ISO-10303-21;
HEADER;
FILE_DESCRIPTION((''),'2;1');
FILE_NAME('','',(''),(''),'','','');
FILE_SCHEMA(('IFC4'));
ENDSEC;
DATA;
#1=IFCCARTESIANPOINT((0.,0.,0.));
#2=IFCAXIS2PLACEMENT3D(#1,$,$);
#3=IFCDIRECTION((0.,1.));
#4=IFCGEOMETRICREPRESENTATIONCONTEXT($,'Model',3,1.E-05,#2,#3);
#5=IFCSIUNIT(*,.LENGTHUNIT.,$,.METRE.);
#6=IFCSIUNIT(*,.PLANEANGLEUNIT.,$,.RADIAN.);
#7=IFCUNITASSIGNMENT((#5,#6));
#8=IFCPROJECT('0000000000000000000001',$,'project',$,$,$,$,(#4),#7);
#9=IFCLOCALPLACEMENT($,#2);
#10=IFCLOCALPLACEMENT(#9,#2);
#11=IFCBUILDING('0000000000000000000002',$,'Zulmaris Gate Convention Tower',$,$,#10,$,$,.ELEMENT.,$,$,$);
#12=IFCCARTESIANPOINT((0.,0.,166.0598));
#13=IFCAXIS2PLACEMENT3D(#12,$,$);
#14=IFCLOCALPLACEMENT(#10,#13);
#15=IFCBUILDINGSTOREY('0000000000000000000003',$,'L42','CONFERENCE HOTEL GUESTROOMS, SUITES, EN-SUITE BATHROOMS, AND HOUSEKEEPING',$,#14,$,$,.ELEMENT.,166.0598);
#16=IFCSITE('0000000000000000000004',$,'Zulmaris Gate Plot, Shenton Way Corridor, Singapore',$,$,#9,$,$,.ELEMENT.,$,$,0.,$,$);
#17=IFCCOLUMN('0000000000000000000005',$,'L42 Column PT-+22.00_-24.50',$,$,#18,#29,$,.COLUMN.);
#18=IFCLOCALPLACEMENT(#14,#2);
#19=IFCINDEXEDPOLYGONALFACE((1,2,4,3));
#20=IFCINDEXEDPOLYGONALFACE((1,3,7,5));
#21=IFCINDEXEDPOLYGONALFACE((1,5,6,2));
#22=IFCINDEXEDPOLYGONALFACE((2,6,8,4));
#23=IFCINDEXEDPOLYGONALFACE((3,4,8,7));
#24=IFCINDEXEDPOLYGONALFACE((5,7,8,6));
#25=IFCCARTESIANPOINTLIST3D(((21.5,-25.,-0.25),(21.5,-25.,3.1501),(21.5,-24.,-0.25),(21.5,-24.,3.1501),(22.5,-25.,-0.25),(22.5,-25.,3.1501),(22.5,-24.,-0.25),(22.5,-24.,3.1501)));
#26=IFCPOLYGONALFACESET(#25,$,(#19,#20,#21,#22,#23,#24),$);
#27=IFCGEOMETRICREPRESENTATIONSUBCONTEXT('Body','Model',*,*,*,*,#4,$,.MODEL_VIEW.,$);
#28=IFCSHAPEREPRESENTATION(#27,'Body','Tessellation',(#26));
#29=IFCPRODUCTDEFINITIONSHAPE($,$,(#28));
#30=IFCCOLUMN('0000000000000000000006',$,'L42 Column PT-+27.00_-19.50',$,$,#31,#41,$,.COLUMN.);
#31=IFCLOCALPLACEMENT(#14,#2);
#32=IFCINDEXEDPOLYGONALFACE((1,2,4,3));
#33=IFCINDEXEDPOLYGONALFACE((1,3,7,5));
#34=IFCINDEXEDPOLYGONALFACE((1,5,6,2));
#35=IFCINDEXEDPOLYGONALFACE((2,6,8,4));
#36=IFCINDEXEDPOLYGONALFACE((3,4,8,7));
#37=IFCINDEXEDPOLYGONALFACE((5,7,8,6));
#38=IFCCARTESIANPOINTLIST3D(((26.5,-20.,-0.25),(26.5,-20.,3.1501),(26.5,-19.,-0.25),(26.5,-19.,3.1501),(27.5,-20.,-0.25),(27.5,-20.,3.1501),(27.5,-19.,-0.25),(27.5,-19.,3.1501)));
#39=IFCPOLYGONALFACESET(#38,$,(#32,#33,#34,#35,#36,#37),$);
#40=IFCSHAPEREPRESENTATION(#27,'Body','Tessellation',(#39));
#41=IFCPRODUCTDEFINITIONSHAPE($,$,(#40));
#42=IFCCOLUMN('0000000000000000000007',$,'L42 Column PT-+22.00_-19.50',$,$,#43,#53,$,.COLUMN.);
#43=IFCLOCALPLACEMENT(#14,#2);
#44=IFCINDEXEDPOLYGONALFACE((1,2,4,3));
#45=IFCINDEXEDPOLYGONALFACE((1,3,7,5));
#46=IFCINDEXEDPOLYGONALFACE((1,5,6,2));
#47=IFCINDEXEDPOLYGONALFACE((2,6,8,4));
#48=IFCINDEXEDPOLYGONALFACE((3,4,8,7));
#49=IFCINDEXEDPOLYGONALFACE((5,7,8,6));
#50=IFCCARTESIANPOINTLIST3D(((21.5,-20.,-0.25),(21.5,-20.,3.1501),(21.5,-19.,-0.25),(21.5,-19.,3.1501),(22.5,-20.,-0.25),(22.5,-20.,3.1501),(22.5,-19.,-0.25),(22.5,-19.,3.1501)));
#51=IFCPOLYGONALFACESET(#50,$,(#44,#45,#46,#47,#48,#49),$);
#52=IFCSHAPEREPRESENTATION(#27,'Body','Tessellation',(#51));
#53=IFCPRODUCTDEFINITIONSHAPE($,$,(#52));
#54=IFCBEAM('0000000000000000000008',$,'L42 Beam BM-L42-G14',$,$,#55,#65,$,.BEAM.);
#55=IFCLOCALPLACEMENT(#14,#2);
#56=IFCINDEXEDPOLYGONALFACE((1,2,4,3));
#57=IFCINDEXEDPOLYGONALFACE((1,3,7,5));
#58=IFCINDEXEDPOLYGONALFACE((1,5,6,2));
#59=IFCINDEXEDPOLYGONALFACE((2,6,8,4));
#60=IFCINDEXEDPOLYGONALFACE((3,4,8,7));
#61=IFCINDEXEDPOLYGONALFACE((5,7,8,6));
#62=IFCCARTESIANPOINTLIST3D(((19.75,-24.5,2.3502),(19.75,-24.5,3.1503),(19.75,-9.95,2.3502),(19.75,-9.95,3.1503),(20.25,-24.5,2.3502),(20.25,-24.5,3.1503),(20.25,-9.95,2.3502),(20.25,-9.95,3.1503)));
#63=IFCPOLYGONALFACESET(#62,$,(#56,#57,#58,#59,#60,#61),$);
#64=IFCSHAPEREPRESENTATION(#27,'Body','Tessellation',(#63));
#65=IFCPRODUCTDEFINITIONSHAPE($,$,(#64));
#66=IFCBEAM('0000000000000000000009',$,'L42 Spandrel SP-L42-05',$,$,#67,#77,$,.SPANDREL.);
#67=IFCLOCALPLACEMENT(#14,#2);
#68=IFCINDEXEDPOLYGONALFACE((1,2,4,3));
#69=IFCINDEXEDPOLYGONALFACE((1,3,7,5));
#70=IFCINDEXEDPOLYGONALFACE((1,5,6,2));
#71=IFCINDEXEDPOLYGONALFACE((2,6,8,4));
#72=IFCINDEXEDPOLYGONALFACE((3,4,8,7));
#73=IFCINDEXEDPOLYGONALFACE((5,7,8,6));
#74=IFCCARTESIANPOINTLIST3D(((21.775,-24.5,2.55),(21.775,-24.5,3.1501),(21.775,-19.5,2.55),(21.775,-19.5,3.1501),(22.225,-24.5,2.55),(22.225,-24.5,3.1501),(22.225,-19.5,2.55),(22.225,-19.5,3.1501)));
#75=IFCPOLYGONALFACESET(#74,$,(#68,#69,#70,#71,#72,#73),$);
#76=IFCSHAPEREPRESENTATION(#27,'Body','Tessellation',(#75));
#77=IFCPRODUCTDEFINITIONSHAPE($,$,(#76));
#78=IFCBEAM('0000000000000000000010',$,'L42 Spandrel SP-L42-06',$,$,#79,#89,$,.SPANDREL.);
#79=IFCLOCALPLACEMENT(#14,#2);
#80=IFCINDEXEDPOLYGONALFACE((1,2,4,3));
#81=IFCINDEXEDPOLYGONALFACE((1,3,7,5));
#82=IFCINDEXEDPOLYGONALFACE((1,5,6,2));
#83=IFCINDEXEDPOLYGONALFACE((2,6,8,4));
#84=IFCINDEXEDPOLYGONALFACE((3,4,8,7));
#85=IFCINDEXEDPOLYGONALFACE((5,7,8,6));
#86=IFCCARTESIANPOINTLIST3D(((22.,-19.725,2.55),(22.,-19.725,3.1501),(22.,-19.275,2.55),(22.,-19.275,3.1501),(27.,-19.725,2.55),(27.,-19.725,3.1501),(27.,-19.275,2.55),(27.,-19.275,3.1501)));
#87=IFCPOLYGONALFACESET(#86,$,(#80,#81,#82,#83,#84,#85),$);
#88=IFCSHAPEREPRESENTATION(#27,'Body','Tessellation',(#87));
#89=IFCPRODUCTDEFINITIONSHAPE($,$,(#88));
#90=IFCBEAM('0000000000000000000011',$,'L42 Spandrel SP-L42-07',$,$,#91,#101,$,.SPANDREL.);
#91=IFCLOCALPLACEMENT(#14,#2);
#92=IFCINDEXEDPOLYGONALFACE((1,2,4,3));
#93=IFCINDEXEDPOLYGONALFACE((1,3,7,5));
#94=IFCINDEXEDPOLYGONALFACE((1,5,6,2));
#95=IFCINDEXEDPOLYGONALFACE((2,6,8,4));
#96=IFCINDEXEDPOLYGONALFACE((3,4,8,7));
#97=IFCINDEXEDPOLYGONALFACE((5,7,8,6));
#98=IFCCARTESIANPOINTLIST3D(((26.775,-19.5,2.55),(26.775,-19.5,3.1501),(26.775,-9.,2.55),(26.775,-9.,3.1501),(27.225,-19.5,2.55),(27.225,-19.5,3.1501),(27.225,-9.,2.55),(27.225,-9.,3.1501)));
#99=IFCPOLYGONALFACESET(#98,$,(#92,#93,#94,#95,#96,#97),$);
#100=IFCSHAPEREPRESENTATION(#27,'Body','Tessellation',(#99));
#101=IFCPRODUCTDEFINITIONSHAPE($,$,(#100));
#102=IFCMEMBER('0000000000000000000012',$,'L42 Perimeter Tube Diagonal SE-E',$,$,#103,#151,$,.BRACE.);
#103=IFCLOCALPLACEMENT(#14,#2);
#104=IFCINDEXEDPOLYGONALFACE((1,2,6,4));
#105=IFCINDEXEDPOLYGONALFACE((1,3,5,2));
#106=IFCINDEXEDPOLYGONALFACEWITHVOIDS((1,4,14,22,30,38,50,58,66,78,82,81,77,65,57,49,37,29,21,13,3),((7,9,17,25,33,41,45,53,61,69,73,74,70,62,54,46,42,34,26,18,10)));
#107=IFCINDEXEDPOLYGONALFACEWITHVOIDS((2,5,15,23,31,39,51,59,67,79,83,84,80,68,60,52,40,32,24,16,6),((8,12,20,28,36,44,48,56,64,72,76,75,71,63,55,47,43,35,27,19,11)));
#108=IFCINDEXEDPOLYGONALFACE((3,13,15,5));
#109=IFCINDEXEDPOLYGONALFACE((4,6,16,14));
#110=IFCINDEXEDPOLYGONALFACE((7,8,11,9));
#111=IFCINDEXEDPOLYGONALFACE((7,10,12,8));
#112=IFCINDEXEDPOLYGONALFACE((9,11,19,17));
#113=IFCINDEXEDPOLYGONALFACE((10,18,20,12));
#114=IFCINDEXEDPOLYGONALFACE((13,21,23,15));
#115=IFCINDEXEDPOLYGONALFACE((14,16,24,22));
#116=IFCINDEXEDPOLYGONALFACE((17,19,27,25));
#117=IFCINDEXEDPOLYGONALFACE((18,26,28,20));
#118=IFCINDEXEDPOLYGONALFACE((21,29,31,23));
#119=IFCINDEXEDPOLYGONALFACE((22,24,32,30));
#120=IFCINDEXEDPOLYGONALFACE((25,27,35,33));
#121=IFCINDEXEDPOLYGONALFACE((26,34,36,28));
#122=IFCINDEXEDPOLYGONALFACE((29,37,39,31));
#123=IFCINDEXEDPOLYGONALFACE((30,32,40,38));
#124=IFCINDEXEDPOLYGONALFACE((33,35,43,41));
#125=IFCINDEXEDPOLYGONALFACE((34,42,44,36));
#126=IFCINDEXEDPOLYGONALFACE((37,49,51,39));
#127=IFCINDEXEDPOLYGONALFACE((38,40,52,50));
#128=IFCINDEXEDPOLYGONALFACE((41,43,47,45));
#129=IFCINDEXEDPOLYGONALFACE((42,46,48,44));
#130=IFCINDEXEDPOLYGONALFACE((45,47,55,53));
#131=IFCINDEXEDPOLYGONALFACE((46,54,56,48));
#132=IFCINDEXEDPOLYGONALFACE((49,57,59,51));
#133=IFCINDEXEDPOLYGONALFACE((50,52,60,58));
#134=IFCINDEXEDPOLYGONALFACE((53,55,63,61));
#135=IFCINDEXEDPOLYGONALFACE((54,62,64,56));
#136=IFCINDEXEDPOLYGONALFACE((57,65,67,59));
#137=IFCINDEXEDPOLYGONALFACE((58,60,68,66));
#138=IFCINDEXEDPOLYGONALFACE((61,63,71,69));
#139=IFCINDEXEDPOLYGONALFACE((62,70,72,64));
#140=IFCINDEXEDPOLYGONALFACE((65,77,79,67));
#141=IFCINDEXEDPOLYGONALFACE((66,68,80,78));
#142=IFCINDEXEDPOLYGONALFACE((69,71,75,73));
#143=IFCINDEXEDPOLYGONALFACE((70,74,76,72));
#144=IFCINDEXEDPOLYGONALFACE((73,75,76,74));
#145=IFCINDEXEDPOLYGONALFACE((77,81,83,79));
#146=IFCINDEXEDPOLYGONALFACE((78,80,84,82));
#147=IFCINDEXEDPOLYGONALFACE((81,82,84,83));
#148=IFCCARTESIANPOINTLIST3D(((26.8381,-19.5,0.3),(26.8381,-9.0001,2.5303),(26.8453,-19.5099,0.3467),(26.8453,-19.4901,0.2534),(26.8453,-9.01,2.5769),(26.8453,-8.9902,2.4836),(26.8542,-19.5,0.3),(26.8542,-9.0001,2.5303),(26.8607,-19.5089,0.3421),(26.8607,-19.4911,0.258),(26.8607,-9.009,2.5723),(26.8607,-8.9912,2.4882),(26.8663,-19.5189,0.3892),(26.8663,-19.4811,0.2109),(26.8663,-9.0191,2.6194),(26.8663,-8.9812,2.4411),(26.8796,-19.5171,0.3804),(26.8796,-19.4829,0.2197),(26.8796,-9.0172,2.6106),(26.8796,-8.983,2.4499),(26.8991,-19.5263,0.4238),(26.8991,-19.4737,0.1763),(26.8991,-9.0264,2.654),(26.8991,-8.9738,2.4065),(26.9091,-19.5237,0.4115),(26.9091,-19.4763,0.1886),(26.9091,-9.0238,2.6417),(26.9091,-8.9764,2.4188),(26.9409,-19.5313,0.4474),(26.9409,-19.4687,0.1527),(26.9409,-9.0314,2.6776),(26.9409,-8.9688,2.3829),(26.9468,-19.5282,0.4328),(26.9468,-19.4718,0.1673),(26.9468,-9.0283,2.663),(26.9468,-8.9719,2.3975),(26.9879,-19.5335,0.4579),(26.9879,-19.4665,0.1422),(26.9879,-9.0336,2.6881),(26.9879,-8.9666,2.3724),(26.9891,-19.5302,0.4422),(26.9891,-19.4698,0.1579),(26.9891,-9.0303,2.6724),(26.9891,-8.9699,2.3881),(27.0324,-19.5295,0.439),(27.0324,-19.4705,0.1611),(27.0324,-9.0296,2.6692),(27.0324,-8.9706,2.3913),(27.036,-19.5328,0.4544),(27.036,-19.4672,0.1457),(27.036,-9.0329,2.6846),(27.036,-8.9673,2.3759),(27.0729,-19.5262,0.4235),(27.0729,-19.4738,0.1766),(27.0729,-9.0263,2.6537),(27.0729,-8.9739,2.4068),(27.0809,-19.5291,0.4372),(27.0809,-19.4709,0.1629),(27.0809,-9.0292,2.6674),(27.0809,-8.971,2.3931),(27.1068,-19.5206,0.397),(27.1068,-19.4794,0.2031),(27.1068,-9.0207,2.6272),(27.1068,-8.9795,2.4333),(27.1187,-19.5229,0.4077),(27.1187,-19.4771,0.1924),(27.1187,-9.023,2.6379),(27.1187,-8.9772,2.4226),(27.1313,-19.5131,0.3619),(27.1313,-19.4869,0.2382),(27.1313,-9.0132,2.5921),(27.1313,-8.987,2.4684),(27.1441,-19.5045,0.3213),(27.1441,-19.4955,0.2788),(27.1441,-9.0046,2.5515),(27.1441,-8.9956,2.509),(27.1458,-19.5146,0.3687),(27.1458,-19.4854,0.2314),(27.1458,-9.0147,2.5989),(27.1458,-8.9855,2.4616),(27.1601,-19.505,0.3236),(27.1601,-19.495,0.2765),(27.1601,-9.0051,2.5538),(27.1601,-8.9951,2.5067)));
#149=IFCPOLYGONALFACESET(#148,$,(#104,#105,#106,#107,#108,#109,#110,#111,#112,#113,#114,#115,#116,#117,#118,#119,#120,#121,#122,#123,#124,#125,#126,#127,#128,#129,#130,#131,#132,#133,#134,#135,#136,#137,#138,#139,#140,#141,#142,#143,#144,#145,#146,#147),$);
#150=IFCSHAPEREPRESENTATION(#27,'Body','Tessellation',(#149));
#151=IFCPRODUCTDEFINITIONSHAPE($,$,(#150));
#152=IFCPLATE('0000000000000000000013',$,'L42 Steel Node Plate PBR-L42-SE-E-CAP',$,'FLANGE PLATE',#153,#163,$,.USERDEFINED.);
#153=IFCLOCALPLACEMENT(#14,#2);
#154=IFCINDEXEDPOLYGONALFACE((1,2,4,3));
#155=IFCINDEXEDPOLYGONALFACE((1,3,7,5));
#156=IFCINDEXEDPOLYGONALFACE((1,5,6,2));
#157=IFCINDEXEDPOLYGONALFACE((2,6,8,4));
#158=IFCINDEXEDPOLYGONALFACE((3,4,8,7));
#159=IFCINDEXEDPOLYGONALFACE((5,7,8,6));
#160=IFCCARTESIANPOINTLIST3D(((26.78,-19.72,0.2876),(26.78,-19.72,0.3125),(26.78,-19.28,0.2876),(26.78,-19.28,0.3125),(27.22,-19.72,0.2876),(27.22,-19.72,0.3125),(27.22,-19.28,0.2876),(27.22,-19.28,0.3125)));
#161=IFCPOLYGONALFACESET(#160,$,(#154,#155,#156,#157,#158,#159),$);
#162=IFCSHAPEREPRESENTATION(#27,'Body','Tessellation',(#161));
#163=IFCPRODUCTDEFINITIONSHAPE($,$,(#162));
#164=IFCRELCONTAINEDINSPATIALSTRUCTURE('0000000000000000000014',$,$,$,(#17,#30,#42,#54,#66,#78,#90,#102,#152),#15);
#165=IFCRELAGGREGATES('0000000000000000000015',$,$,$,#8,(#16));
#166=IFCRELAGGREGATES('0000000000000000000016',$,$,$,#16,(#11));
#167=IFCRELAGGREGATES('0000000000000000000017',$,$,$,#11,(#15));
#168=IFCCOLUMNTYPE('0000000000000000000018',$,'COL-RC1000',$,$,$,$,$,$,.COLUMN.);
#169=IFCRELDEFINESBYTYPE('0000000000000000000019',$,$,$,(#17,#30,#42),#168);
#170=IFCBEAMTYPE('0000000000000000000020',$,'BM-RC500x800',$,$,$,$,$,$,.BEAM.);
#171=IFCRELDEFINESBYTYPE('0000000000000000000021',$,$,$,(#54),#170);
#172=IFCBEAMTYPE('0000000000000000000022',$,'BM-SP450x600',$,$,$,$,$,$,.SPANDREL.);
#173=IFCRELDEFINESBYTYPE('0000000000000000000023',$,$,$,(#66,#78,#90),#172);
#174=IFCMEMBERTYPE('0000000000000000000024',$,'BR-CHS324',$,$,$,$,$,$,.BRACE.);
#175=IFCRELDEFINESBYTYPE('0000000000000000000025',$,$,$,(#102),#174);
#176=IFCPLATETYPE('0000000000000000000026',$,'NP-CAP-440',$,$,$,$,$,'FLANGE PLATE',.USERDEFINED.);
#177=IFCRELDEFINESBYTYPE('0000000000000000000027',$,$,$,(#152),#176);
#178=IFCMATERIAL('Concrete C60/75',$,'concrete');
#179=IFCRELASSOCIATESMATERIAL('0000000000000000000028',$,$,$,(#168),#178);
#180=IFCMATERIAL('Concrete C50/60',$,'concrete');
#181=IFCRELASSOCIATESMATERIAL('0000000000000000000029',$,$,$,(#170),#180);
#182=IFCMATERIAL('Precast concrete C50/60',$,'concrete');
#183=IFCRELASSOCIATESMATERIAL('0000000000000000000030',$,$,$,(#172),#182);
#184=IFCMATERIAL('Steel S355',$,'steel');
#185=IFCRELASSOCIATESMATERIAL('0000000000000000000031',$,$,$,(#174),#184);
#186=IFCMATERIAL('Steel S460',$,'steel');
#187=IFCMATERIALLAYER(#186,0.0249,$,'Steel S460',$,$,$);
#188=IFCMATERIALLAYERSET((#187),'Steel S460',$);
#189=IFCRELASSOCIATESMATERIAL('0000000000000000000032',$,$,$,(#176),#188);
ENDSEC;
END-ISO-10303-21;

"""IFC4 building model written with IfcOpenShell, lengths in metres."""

from ifc_helpers import new_model, si_unit, direction, frame, origin, origin_2d, place, context, subcontext, project, spatial, rectangle, hollow_circle, extrude, material, layer, layer_set, material_profile, profile_set, type_object, element, save


model = new_model("IFC4")

# Units and contexts
model_context = context("Model", 3, precision=1e-05, world=origin(), true_north=direction((0.0, 1.0)))
body_context = subcontext(model_context, "Body", "Model", "MODEL_VIEW")
ifc_project = project(units=[si_unit("LENGTHUNIT", "METRE"), si_unit("PLANEANGLEUNIT", "RADIAN")], contexts=[model_context])

# Site, building, storey
site_placement = place(None, origin())
site = spatial("IfcSite", under=ifc_project, at=site_placement, Name="Zulmaris Gate Plot, Shenton Way Corridor, Singapore", CompositionType="ELEMENT", RefElevation=0.0)
building_placement = place(site_placement, origin())
building = spatial("IfcBuilding", under=site, at=building_placement, Name="Zulmaris Gate Convention Tower", CompositionType="ELEMENT")
storey_placement = place(building_placement, frame((0.0, 0.0, 166.0598)))
storey = spatial("IfcBuildingStorey", under=building, at=storey_placement, Name="L42", Description="CONFERENCE HOTEL GUESTROOMS, SUITES, EN-SUITE BATHROOMS, AND HOUSEKEEPING", CompositionType="ELEMENT", Elevation=166.0598)

# Columns
ifc_material_1 = material(Name="Concrete C60/75", Category="concrete")
ifc_material_profile_1 = material_profile(ifc_material_1, rectangle(XDim=1.0, YDim=1.0, at=origin_2d()), Name="RC COL 1000x1000")
ifc_profile_set_1 = profile_set([ifc_material_profile_1], Name="Concrete C60/75")
column_type = type_object("IfcColumnType", Name="COL-RC1000", PredefinedType="COLUMN", material=ifc_profile_set_1)
for number, where, z_axis, x_axis, name in (
    (1, (22.0, -24.5, -0.25), (0.0, 0.0, 1.0), (1.0, 0.0, 0.0), "L42 Column PT-+22.00_-24.50"),
    (2, (27.0, -19.5, -0.25), (0.0, 0.0, 1.0), (1.0, 0.0, 0.0), "L42 Column PT-+27.00_-19.50"),
    (3, (22.0, -19.5, -0.25), (0.0, 0.0, 1.0), (1.0, 0.0, 0.0), "L42 Column PT-+22.00_-19.50"),
):
    element("IfcColumn", number, at=place(storey_placement, frame(where, z_axis=z_axis, x_axis=x_axis)), inside=storey, type_object=column_type, Name=name, PredefinedType="COLUMN", context=body_context, shape_type="SweptSolid", body=[
        extrude(rectangle(XDim=1.0, YDim=1.0, at=origin_2d()), origin(), (0.0, 0.0, 1.0), 3.4001),
    ])

# Beams
ifc_material_2 = material(Name="Concrete C50/60", Category="concrete")
ifc_material_profile_2 = material_profile(ifc_material_2, rectangle(XDim=0.5, YDim=0.8, at=origin_2d()), Name="RC BEAM 500x800")
ifc_profile_set_2 = profile_set([ifc_material_profile_2], Name="Concrete C50/60")
beam_type_1 = type_object("IfcBeamType", Name="BM-RC500x800", PredefinedType="BEAM", material=ifc_profile_set_2)
beam_1_placement = place(storey_placement, frame((20.0, -24.5, 2.7502), z_axis=(0.0, 1.0, 0.0), x_axis=(-1.0, 0.0, 0.0)))
element("IfcBeam", 4, at=beam_1_placement, inside=storey, type_object=beam_type_1, Name="L42 Beam BM-L42-G14", PredefinedType="BEAM", context=body_context, shape_type="SweptSolid", body=[
    extrude(rectangle(XDim=0.5, YDim=0.8, at=origin_2d()), origin(), (0.0, 0.0, 1.0), 14.55),
])
ifc_material_3 = material(Name="Precast concrete C50/60", Category="concrete")
ifc_material_profile_3 = material_profile(ifc_material_3, rectangle(XDim=0.45, YDim=0.6001, at=origin_2d()), Name="RC SPANDREL 450x600")
ifc_profile_set_3 = profile_set([ifc_material_profile_3], Name="Precast concrete C50/60")
beam_type_2 = type_object("IfcBeamType", Name="BM-SP450x600", PredefinedType="SPANDREL", material=ifc_profile_set_3)
for number, where, z_axis, x_axis, name in (
    (5, (22.0, -24.5, 2.8501), (0.0, 1.0, 0.0), (-1.0, 0.0, 0.0), "L42 Spandrel SP-L42-05"),
    (6, (22.0, -19.5, 2.8501), (1.0, 0.0, 0.0), (0.0, 1.0, 0.0), "L42 Spandrel SP-L42-06"),
):
    element("IfcBeam", number, at=place(storey_placement, frame(where, z_axis=z_axis, x_axis=x_axis)), inside=storey, type_object=beam_type_2, Name=name, PredefinedType="SPANDREL", context=body_context, shape_type="SweptSolid", body=[
        extrude(rectangle(XDim=0.45, YDim=0.6001, at=origin_2d()), origin(), (0.0, 0.0, 1.0), 5.0),
    ])
beam_2_placement = place(storey_placement, frame((27.0, -19.5, 2.8501), z_axis=(0.0, 1.0, 0.0), x_axis=(-1.0, 0.0, 0.0)))
element("IfcBeam", 7, at=beam_2_placement, inside=storey, type_object=beam_type_2, Name="L42 Spandrel SP-L42-07", PredefinedType="SPANDREL", context=body_context, shape_type="SweptSolid", body=[
    extrude(rectangle(XDim=0.45, YDim=0.6001, at=origin_2d()), origin(), (0.0, 0.0, 1.0), 10.5),
])

# Member
ifc_material_4 = material(Name="Steel S355", Category="steel")
ifc_material_profile_4 = material_profile(ifc_material_4, hollow_circle(Radius=0.1619, WallThickness=0.0161, at=origin_2d()), Name="CHS 323.9x16")
ifc_profile_set_4 = profile_set([ifc_material_profile_4], Name="Steel S355")
member_type = type_object("IfcMemberType", Name="BR-CHS324", PredefinedType="BRACE", material=ifc_profile_set_4)
member_placement = place(storey_placement, frame((27.0, -19.5, 0.3), z_axis=(0.0, 0.978178, 0.207767), x_axis=(-1.0, 0.0, 0.0)))
element("IfcMember", 8, at=member_placement, inside=storey, type_object=member_type, Name="L42 Perimeter Tube Diagonal SE-E", PredefinedType="BRACE", context=body_context, shape_type="SweptSolid", body=[
    extrude(hollow_circle(Radius=0.1619, WallThickness=0.0161, at=origin_2d()), origin(), (0.0, 0.0, 1.0), 10.7341),
])

# Plate
ifc_material_5 = material(Name="Steel S460", Category="steel")
ifc_layer_1 = layer(ifc_material_5, 0.0249, Name="Steel S460")
ifc_layer_set_1 = layer_set([ifc_layer_1], Name="Steel S460")
plate_type = type_object("IfcPlateType", Name="NP-CAP-440", ElementType="FLANGE PLATE", PredefinedType="USERDEFINED", material=ifc_layer_set_1)
plate_placement = place(storey_placement, frame((27.0, -19.5, 0.2876), z_axis=(0.0, 0.0, 1.0), x_axis=(1.0, 0.0, 0.0)))
element("IfcPlate", 9, at=plate_placement, inside=storey, type_object=plate_type, Name="L42 Steel Node Plate PBR-L42-SE-E-CAP", ObjectType="FLANGE PLATE", PredefinedType="USERDEFINED", context=body_context, shape_type="SweptSolid", body=[
    extrude(rectangle(XDim=0.4399, YDim=0.4399, at=origin_2d()), origin(), (0.0, 0.0, 1.0), 0.0249),
])

save(model, "model.ifc")
